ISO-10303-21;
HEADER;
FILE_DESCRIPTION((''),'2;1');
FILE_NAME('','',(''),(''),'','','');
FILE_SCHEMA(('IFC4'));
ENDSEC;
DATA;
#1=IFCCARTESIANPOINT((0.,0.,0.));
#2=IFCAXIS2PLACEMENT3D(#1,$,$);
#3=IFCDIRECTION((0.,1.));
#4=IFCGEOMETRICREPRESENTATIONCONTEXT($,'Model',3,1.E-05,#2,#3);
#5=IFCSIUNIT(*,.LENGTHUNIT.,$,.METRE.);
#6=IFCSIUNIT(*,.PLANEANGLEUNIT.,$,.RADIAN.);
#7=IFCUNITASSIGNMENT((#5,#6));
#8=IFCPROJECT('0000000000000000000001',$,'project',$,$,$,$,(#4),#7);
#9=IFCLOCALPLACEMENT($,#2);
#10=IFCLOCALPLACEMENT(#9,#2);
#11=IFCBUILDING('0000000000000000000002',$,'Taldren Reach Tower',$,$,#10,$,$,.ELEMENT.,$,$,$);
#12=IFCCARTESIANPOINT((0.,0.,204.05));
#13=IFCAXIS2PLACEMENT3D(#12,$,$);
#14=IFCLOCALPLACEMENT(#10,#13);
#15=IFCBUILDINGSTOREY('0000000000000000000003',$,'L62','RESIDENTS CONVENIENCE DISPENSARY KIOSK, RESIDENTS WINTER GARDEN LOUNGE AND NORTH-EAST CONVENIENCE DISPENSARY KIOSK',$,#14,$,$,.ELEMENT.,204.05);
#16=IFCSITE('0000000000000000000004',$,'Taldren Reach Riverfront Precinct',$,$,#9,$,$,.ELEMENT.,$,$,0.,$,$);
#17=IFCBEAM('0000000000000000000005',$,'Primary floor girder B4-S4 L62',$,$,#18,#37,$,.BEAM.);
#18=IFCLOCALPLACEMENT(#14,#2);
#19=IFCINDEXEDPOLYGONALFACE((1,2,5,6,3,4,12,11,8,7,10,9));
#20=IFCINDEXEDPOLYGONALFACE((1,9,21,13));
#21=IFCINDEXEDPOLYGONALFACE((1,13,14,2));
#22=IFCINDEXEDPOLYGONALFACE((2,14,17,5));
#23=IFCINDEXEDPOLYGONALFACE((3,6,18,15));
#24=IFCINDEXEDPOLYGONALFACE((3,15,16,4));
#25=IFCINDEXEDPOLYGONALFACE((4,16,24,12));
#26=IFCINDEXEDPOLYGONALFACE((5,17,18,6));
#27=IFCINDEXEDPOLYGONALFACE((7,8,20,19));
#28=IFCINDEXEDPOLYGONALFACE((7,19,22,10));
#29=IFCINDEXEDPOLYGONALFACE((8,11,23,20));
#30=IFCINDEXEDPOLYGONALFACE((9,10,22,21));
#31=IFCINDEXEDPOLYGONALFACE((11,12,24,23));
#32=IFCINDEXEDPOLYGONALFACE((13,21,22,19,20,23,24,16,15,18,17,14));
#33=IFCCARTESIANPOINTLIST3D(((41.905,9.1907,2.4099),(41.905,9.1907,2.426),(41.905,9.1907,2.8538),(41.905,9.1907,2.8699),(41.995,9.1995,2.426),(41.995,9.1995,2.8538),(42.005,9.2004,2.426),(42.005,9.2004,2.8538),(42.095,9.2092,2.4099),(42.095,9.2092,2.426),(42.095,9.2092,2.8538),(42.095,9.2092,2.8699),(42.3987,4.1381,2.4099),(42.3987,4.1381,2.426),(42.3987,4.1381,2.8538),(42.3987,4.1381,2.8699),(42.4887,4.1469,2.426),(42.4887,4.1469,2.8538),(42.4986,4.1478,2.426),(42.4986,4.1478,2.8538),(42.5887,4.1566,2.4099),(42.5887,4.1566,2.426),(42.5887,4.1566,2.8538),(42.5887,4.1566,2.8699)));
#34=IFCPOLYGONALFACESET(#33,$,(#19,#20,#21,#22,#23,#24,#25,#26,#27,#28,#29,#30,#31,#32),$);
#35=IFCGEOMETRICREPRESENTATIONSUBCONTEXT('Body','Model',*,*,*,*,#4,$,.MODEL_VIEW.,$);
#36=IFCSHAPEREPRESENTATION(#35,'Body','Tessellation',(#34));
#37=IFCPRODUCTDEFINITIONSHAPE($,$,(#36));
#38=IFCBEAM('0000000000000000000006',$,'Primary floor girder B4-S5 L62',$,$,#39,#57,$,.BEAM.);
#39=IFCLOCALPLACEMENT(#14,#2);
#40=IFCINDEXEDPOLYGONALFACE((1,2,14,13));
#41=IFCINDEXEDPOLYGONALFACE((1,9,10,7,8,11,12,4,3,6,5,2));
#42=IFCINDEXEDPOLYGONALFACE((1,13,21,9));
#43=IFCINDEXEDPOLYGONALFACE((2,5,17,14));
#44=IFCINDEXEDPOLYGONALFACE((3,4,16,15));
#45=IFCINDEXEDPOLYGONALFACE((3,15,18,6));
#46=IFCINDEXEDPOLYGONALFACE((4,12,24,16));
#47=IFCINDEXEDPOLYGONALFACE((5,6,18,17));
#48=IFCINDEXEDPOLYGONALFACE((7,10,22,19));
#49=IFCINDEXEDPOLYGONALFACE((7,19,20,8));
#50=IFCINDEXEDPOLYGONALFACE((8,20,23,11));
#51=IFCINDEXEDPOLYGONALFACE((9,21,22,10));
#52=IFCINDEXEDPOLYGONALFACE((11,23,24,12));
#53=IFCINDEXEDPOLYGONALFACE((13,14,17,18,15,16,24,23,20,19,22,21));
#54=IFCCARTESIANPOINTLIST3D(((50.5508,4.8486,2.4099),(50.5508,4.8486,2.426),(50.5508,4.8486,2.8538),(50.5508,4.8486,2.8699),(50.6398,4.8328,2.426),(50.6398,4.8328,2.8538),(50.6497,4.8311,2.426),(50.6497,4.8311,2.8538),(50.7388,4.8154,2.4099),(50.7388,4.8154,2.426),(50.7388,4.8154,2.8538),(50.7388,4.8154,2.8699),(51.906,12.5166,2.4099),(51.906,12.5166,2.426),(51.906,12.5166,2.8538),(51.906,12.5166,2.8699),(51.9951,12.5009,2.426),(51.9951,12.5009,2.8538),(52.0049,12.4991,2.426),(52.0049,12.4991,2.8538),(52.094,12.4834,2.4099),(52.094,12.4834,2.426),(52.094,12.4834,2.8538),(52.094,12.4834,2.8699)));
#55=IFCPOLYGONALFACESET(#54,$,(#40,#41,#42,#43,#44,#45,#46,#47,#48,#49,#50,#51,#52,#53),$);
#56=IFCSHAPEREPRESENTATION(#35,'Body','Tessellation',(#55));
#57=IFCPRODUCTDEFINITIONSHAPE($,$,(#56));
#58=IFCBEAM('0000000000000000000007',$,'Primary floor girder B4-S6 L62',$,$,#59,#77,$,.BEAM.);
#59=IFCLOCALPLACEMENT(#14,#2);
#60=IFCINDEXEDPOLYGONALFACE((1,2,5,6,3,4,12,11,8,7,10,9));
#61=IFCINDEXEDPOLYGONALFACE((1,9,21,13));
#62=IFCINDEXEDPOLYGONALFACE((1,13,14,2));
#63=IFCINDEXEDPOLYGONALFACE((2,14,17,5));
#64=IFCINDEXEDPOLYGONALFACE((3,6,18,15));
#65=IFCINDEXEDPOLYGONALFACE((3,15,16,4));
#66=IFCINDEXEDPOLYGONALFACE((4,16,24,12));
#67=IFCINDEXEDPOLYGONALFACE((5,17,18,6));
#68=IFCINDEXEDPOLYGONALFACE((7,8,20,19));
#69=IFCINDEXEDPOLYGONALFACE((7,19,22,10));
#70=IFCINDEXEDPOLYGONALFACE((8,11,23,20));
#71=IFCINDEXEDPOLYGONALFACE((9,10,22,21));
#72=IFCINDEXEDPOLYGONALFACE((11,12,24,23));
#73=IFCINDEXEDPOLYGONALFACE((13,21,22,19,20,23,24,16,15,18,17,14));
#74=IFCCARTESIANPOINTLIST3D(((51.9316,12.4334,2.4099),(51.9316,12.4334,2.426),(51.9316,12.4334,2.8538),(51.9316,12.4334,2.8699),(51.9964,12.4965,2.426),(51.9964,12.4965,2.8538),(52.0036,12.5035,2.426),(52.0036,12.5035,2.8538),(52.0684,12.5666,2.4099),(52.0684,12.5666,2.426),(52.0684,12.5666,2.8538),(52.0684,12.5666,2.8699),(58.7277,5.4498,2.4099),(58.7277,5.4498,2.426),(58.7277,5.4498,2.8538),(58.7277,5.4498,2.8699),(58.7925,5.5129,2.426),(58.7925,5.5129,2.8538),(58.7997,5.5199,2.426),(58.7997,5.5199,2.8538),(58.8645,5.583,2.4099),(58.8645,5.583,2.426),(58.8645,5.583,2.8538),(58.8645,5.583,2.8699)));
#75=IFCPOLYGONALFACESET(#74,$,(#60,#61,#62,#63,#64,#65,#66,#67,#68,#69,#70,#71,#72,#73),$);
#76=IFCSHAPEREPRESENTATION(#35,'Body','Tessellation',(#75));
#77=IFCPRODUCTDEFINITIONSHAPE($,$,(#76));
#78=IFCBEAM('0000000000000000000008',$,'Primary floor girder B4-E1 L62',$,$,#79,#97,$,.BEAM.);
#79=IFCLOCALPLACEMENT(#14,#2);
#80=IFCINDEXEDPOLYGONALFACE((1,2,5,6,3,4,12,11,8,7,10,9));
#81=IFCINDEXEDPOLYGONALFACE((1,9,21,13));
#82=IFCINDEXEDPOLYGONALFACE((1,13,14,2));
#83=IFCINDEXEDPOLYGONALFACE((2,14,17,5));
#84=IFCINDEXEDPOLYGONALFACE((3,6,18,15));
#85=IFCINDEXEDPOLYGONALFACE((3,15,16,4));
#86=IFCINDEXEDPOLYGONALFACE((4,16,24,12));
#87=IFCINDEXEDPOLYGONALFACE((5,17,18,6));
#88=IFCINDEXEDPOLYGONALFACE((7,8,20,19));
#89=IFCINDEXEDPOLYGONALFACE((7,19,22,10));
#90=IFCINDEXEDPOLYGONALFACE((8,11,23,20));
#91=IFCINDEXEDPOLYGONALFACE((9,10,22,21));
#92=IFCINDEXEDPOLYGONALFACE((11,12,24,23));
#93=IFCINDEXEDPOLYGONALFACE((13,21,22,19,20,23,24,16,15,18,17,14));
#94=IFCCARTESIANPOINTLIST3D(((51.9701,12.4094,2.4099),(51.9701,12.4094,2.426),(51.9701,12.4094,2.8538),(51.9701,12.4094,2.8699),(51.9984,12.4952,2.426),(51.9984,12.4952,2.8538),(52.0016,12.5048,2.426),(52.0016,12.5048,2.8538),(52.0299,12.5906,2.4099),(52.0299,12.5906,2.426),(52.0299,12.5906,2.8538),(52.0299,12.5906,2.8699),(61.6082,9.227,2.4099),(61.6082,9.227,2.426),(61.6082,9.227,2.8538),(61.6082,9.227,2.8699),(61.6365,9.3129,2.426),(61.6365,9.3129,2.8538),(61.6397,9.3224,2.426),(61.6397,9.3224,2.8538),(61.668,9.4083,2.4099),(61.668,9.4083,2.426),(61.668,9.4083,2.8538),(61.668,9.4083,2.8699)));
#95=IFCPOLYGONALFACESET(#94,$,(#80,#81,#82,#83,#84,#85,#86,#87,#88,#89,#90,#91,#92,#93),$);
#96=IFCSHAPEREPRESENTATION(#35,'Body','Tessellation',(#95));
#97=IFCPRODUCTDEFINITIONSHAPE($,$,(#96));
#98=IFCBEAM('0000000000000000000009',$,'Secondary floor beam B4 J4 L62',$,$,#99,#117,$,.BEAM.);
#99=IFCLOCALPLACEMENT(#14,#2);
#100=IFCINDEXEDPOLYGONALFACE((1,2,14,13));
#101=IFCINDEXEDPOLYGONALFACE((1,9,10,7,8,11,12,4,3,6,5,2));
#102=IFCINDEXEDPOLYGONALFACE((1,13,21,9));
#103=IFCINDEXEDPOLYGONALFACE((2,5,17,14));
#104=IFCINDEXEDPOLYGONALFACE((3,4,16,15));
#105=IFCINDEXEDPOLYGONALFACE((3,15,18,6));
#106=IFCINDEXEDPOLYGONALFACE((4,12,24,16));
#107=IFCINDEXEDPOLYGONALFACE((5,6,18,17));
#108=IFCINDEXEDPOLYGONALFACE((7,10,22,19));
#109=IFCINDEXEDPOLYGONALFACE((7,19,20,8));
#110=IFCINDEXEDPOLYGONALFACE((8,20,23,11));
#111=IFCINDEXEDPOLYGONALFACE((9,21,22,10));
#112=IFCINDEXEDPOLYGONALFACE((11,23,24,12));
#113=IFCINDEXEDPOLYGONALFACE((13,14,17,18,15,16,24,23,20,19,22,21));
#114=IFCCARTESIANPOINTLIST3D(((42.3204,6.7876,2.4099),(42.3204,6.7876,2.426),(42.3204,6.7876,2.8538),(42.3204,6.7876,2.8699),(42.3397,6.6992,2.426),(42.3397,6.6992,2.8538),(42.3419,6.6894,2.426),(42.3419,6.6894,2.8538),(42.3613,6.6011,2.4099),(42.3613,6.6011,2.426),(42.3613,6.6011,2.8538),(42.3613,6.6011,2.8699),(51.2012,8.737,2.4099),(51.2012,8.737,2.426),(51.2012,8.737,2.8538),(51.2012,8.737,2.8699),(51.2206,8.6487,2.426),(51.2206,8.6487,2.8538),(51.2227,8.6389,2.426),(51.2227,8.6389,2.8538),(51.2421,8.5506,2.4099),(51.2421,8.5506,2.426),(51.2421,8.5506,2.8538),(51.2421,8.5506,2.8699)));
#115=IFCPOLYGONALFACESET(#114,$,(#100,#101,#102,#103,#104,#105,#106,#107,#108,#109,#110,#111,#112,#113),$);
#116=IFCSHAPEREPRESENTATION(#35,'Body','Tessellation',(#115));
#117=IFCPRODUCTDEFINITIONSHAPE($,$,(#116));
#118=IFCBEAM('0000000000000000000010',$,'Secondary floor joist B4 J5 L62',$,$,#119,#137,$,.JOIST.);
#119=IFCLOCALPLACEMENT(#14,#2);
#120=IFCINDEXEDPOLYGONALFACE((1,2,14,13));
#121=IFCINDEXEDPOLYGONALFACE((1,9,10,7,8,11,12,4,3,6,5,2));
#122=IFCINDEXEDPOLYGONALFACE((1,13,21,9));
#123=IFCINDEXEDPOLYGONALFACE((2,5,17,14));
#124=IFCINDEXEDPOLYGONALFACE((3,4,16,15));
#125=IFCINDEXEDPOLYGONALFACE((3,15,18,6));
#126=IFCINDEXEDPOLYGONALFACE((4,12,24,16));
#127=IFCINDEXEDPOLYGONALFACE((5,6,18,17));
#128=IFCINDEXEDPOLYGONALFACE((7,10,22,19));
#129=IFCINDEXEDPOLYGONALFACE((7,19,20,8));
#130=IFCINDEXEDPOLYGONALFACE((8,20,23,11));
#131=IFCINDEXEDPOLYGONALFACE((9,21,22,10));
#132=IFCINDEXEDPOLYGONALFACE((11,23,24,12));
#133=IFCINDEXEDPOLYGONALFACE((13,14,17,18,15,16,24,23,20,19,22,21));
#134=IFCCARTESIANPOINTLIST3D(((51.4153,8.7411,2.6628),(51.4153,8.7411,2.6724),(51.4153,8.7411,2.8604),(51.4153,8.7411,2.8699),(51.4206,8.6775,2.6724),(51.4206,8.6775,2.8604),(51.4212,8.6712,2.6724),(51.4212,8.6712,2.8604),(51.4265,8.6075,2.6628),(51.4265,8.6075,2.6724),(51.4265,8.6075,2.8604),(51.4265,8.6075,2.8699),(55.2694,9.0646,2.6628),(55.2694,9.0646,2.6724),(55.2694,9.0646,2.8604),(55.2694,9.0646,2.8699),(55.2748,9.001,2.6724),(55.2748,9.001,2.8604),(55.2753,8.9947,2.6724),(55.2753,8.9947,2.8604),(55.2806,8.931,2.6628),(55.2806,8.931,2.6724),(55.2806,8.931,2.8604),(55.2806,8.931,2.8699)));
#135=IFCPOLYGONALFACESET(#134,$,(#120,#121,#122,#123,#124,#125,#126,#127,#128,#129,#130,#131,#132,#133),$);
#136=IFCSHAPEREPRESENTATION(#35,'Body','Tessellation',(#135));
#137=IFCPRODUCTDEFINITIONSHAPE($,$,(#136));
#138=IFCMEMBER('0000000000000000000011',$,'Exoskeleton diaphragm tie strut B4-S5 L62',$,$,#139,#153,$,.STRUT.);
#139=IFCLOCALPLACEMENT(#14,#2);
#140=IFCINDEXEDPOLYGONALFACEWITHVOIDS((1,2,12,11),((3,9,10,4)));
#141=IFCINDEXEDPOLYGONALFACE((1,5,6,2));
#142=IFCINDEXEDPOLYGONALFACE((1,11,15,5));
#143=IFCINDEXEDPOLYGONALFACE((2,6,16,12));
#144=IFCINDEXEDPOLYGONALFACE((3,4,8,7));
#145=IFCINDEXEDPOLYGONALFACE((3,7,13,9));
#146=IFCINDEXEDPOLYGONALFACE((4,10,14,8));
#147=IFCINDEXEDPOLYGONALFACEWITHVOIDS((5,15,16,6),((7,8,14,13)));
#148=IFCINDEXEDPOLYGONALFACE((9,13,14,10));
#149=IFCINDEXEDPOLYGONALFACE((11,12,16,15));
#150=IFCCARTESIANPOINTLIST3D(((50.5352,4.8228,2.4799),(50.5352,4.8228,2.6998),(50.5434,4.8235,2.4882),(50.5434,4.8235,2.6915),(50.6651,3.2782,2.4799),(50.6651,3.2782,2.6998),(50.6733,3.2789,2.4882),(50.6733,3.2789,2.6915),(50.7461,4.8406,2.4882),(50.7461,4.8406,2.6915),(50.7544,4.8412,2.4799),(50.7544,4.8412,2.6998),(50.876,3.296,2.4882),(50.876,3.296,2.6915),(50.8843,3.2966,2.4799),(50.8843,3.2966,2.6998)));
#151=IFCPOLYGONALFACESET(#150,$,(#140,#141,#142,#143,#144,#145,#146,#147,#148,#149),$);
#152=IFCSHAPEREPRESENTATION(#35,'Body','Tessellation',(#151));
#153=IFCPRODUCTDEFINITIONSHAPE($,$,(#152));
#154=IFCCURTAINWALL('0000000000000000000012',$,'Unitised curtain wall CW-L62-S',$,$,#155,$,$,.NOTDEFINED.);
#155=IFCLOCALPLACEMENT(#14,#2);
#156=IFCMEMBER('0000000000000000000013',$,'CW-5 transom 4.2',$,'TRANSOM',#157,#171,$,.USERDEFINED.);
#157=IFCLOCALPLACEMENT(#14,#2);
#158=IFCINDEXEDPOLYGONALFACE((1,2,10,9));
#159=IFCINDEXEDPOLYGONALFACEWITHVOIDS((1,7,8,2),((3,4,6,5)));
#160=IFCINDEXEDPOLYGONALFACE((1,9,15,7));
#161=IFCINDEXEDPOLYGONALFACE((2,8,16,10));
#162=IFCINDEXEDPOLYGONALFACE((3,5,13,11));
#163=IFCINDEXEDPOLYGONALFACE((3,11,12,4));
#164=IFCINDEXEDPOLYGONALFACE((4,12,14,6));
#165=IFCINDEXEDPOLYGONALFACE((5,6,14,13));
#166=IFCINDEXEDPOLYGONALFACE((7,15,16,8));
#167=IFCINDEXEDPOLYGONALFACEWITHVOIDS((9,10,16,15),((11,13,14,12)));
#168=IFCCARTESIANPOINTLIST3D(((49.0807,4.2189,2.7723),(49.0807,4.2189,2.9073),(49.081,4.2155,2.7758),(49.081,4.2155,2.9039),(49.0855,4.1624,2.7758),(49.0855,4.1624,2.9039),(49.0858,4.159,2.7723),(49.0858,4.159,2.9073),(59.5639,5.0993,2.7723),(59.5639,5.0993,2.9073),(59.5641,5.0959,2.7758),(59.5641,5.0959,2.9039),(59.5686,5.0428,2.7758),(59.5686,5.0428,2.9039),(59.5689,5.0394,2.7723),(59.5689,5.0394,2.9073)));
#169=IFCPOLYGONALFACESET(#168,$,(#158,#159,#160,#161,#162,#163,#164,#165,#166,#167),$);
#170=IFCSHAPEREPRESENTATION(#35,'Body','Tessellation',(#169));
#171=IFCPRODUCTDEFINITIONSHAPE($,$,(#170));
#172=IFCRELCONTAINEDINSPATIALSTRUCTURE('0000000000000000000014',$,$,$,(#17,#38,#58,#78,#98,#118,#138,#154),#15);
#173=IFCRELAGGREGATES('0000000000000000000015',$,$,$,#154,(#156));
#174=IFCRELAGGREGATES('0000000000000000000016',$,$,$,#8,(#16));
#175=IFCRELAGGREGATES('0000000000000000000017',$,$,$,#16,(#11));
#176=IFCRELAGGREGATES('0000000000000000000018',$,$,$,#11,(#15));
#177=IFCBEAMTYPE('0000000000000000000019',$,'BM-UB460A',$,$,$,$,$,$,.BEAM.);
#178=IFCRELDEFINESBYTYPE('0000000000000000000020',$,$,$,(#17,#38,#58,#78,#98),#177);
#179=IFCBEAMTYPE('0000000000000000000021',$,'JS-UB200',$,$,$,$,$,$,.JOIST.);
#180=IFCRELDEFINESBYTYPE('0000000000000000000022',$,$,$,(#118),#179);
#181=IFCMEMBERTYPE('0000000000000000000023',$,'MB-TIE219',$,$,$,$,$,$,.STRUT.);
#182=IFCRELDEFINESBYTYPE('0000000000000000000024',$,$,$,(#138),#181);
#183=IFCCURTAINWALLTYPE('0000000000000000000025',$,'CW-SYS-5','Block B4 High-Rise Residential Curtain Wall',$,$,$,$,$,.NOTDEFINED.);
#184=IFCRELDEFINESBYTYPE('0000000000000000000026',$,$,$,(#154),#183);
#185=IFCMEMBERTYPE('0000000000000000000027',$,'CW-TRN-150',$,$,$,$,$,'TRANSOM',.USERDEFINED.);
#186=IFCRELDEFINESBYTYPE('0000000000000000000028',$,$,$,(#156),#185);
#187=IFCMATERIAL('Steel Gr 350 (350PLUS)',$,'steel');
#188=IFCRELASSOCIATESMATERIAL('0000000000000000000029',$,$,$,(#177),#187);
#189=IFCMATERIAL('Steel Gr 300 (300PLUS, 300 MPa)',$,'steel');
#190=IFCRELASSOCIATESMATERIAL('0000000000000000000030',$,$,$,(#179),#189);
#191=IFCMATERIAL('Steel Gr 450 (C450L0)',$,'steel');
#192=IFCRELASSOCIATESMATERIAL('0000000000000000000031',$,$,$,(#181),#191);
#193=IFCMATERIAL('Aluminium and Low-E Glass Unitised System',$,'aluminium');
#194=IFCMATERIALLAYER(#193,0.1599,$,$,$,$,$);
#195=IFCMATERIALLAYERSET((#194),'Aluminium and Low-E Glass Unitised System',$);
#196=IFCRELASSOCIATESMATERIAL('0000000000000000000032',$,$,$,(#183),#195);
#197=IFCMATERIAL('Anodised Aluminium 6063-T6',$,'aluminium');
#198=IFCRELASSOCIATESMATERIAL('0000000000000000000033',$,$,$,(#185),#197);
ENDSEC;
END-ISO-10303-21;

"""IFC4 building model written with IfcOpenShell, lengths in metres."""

from ifc_helpers import new_model, si_unit, direction, frame, origin, origin_2d, place, context, subcontext, project, spatial, hollow_rectangle, i_section, extrude, source, transform, mapped, material, layer, layer_set, material_profile, profile_set, type_object, element, aggregate, save


model = new_model("IFC4")

# Units and contexts
model_context = context("Model", 3, precision=1e-05, world=origin(), true_north=direction((0.0, 1.0)))
body_context = subcontext(model_context, "Body", "Model", "MODEL_VIEW")
ifc_project = project(units=[si_unit("LENGTHUNIT", "METRE"), si_unit("PLANEANGLEUNIT", "RADIAN")], contexts=[model_context])

# Site, building, storey
site_placement = place(None, origin())
site = spatial("IfcSite", under=ifc_project, at=site_placement, Name="Taldren Reach Riverfront Precinct", CompositionType="ELEMENT", RefElevation=0.0)
building_placement = place(site_placement, origin())
building = spatial("IfcBuilding", under=site, at=building_placement, Name="Taldren Reach Tower", CompositionType="ELEMENT")
storey_placement = place(building_placement, frame((0.0, 0.0, 204.05)))
storey = spatial("IfcBuildingStorey", under=building, at=storey_placement, Name="L62", Description="RESIDENTS CONVENIENCE DISPENSARY KIOSK, RESIDENTS WINTER GARDEN LOUNGE AND NORTH-EAST CONVENIENCE DISPENSARY KIOSK", CompositionType="ELEMENT", Elevation=204.05)

# Shared definitions
ifc_material_1 = material(Name="Steel Gr 350 (350PLUS)", Category="steel")
ifc_material_2 = material(Name="Steel Gr 450 (C450L0)", Category="steel")

# Beams
ifc_material_profile_1 = material_profile(ifc_material_1, i_section(OverallWidth=0.1909, OverallDepth=0.46, WebThickness=0.01, FlangeThickness=0.0161, at=origin_2d()), Name="460UB82.1")
ifc_profile_set_1 = profile_set([ifc_material_profile_1], Name="Steel Gr 350 (350PLUS)")
beam_type_1 = type_object("IfcBeamType", Name="BM-UB460A", PredefinedType="BEAM", material=ifc_profile_set_1)
shared_shape_1 = source(origin(), body_context, "Body", "SweptSolid", [
    extrude(i_section(OverallWidth=0.1909, OverallDepth=0.46, WebThickness=0.01, FlangeThickness=0.0161, at=origin_2d()), origin(), (0.0, 0.0, 1.0), 5.0767),
])
beam_1_placement = place(storey_placement, frame((42.0, 9.2, 2.6399), z_axis=(0.097242, -0.995261, 0.0), x_axis=(0.995261, 0.097242, 0.0)))
element("IfcBeam", 1, at=beam_1_placement, inside=storey, type_object=beam_type_1, Name="Primary floor girder B4-S4 L62", PredefinedType="BEAM", context=body_context, shape_type="MappedRepresentation", body=[
    mapped(shared_shape_1, transform((0.0, 0.0, 0.0), scale=1.0)),
])
shared_shape_2 = source(origin(), body_context, "Body", "SweptSolid", [
    extrude(i_section(OverallWidth=0.1909, OverallDepth=0.46, WebThickness=0.01, FlangeThickness=0.0161, at=origin_2d()), origin(), (0.0, 0.0, 1.0), 7.7869),
])
beam_2_placement = place(storey_placement, frame((52.0, 12.5, 2.6399), z_axis=(-0.174041, -0.984738, 0.0), x_axis=(0.984738, -0.174041, 0.0)))
element("IfcBeam", 2, at=beam_2_placement, inside=storey, type_object=beam_type_1, Name="Primary floor girder B4-S5 L62", PredefinedType="BEAM", context=body_context, shape_type="MappedRepresentation", body=[
    mapped(shared_shape_2, transform((0.0, 0.0, 0.0), scale=1.0)),
])
shared_shape_3 = source(origin(), body_context, "Body", "SweptSolid", [
    extrude(i_section(OverallWidth=0.1909, OverallDepth=0.46, WebThickness=0.01, FlangeThickness=0.0161, at=origin_2d()), origin(), (0.0, 0.0, 1.0), 9.7446),
])
beam_3_placement = place(storey_placement, frame((52.0, 12.5, 2.6399), z_axis=(0.697421, -0.716662, 0.0), x_axis=(0.716662, 0.697421, 0.0)))
element("IfcBeam", 3, at=beam_3_placement, inside=storey, type_object=beam_type_1, Name="Primary floor girder B4-S6 L62", PredefinedType="BEAM", context=body_context, shape_type="MappedRepresentation", body=[
    mapped(shared_shape_3, transform((0.0, 0.0, 0.0), scale=1.0)),
])
shared_shape_4 = source(origin(), body_context, "Body", "SweptSolid", [
    extrude(i_section(OverallWidth=0.1909, OverallDepth=0.46, WebThickness=0.01, FlangeThickness=0.0161, at=origin_2d()), origin(), (0.0, 0.0, 1.0), 10.1499),
])
beam_4_placement = place(storey_placement, frame((52.0, 12.5, 2.6399), z_axis=(0.949577, -0.313535, 0.0), x_axis=(0.313535, 0.949577, 0.0)))
element("IfcBeam", 4, at=beam_4_placement, inside=storey, type_object=beam_type_1, Name="Primary floor girder B4-E1 L62", PredefinedType="BEAM", context=body_context, shape_type="MappedRepresentation", body=[
    mapped(shared_shape_4, transform((0.0, 0.0, 0.0), scale=1.0)),
])
shared_shape_5 = source(origin(), body_context, "Body", "SweptSolid", [
    extrude(i_section(OverallWidth=0.1909, OverallDepth=0.46, WebThickness=0.01, FlangeThickness=0.0161, at=origin_2d()), origin(), (0.0, 0.0, 1.0), 9.0923),
])
beam_5_placement = place(storey_placement, frame((42.3408, 6.6943, 2.6399), z_axis=(0.976744, 0.214408, 0.0), x_axis=(-0.214408, 0.976744, 0.0)))
element("IfcBeam", 5, at=beam_5_placement, inside=storey, type_object=beam_type_1, Name="Secondary floor beam B4 J4 L62", PredefinedType="BEAM", context=body_context, shape_type="MappedRepresentation", body=[
    mapped(shared_shape_5, transform((0.0, 0.0, 0.0), scale=1.0)),
])
ifc_material_3 = material(Name="Steel Gr 300 (300PLUS, 300 MPa)", Category="steel")
ifc_material_profile_2 = material_profile(ifc_material_3, i_section(OverallWidth=0.134, OverallDepth=0.207, WebThickness=0.0063, FlangeThickness=0.0095, at=origin_2d()), Name="200UB29.8")
ifc_profile_set_2 = profile_set([ifc_material_profile_2], Name="Steel Gr 300 (300PLUS, 300 MPa)")
beam_type_2 = type_object("IfcBeamType", Name="JS-UB200", PredefinedType="JOIST", material=ifc_profile_set_2)
shared_shape_6 = source(origin(), body_context, "Body", "SweptSolid", [
    extrude(i_section(OverallWidth=0.134, OverallDepth=0.207, WebThickness=0.0063, FlangeThickness=0.0095, at=origin_2d()), origin(), (0.0, 0.0, 1.0), 3.8677),
])
beam_6_placement = place(storey_placement, frame((51.4209, 8.6743, 2.7664), z_axis=(0.996496, 0.083641, 0.0), x_axis=(-0.083641, 0.996496, 0.0)))
element("IfcBeam", 6, at=beam_6_placement, inside=storey, type_object=beam_type_2, Name="Secondary floor joist B4 J5 L62", PredefinedType="JOIST", context=body_context, shape_type="MappedRepresentation", body=[
    mapped(shared_shape_6, transform((0.0, 0.0, 0.0), scale=1.0)),
])

# Member
ifc_material_profile_3 = material_profile(ifc_material_2, hollow_rectangle(XDim=0.22, YDim=0.22, WallThickness=0.0083, at=origin_2d()), Name="220x220x8.2SHS")
ifc_profile_set_3 = profile_set([ifc_material_profile_3], Name="Steel Gr 450 (C450L0)")
member_type_1 = type_object("IfcMemberType", Name="MB-TIE219", PredefinedType="STRUT", material=ifc_profile_set_3)
shared_shape_7 = source(origin(), body_context, "Body", "SweptSolid", [
    extrude(hollow_rectangle(XDim=0.22, YDim=0.22, WallThickness=0.0083, at=origin_2d()), origin(), (0.0, 0.0, 1.0), 1.55),
])
member_1_placement = place(storey_placement, frame((50.6448, 4.832, 2.5898), z_axis=(0.083788, -0.996484, 0.0), x_axis=(0.996484, 0.083788, 0.0)))
element("IfcMember", 7, at=member_1_placement, inside=storey, type_object=member_type_1, Name="Exoskeleton diaphragm tie strut B4-S5 L62", PredefinedType="STRUT", context=body_context, shape_type="MappedRepresentation", body=[
    mapped(shared_shape_7, transform((0.0, 0.0, 0.0), scale=1.0)),
])

# Curtain wall, member
ifc_material_4 = material(Name="Aluminium and Low-E Glass Unitised System", Category="aluminium")
ifc_layer_1 = layer(ifc_material_4, 0.1599)
ifc_layer_set_1 = layer_set([ifc_layer_1], Name="Aluminium and Low-E Glass Unitised System")
curtain_wall_type = type_object("IfcCurtainWallType", Name="CW-SYS-5", Description="Block B4 High-Rise Residential Curtain Wall", PredefinedType="NOTDEFINED", material=ifc_layer_set_1)
curtain_wall_placement = place(storey_placement, origin())
curtain_wall = element("IfcCurtainWall", 8, at=curtain_wall_placement, inside=storey, type_object=curtain_wall_type, Name="Unitised curtain wall CW-L62-S", PredefinedType="NOTDEFINED")
ifc_material_5 = material(Name="Anodised Aluminium 6063-T6", Category="aluminium")
ifc_material_profile_4 = material_profile(ifc_material_5, hollow_rectangle(XDim=0.0601, YDim=0.135, WallThickness=0.0034, at=origin_2d()), Name="ALU-135x60x3.5RHS")
ifc_profile_set_4 = profile_set([ifc_material_profile_4], Name="Anodised Aluminium 6063-T6")
member_type_2 = type_object("IfcMemberType", Name="CW-TRN-150", ElementType="TRANSOM", PredefinedType="USERDEFINED", material=ifc_profile_set_4)
shared_shape_8 = source(origin(), body_context, "Body", "SweptSolid", [
    extrude(hollow_rectangle(XDim=0.0601, YDim=0.135, WallThickness=0.0034, at=origin_2d()), origin(), (0.0, 0.0, 1.0), 10.52),
])
member_2_placement = place(storey_placement, frame((49.0833, 4.189, 2.8398), z_axis=(0.996492, 0.083685, 0.0), x_axis=(-0.083685, 0.996492, 0.0)))
member_2 = element("IfcMember", 9, at=member_2_placement, type_object=member_type_2, Name="CW-5 transom 4.2", ObjectType="TRANSOM", PredefinedType="USERDEFINED", context=body_context, shape_type="MappedRepresentation", body=[
    mapped(shared_shape_8, transform((0.0, 0.0, 0.0), scale=1.0)),
])
aggregate(curtain_wall, [member_2])

save(model, "model.ifc")
